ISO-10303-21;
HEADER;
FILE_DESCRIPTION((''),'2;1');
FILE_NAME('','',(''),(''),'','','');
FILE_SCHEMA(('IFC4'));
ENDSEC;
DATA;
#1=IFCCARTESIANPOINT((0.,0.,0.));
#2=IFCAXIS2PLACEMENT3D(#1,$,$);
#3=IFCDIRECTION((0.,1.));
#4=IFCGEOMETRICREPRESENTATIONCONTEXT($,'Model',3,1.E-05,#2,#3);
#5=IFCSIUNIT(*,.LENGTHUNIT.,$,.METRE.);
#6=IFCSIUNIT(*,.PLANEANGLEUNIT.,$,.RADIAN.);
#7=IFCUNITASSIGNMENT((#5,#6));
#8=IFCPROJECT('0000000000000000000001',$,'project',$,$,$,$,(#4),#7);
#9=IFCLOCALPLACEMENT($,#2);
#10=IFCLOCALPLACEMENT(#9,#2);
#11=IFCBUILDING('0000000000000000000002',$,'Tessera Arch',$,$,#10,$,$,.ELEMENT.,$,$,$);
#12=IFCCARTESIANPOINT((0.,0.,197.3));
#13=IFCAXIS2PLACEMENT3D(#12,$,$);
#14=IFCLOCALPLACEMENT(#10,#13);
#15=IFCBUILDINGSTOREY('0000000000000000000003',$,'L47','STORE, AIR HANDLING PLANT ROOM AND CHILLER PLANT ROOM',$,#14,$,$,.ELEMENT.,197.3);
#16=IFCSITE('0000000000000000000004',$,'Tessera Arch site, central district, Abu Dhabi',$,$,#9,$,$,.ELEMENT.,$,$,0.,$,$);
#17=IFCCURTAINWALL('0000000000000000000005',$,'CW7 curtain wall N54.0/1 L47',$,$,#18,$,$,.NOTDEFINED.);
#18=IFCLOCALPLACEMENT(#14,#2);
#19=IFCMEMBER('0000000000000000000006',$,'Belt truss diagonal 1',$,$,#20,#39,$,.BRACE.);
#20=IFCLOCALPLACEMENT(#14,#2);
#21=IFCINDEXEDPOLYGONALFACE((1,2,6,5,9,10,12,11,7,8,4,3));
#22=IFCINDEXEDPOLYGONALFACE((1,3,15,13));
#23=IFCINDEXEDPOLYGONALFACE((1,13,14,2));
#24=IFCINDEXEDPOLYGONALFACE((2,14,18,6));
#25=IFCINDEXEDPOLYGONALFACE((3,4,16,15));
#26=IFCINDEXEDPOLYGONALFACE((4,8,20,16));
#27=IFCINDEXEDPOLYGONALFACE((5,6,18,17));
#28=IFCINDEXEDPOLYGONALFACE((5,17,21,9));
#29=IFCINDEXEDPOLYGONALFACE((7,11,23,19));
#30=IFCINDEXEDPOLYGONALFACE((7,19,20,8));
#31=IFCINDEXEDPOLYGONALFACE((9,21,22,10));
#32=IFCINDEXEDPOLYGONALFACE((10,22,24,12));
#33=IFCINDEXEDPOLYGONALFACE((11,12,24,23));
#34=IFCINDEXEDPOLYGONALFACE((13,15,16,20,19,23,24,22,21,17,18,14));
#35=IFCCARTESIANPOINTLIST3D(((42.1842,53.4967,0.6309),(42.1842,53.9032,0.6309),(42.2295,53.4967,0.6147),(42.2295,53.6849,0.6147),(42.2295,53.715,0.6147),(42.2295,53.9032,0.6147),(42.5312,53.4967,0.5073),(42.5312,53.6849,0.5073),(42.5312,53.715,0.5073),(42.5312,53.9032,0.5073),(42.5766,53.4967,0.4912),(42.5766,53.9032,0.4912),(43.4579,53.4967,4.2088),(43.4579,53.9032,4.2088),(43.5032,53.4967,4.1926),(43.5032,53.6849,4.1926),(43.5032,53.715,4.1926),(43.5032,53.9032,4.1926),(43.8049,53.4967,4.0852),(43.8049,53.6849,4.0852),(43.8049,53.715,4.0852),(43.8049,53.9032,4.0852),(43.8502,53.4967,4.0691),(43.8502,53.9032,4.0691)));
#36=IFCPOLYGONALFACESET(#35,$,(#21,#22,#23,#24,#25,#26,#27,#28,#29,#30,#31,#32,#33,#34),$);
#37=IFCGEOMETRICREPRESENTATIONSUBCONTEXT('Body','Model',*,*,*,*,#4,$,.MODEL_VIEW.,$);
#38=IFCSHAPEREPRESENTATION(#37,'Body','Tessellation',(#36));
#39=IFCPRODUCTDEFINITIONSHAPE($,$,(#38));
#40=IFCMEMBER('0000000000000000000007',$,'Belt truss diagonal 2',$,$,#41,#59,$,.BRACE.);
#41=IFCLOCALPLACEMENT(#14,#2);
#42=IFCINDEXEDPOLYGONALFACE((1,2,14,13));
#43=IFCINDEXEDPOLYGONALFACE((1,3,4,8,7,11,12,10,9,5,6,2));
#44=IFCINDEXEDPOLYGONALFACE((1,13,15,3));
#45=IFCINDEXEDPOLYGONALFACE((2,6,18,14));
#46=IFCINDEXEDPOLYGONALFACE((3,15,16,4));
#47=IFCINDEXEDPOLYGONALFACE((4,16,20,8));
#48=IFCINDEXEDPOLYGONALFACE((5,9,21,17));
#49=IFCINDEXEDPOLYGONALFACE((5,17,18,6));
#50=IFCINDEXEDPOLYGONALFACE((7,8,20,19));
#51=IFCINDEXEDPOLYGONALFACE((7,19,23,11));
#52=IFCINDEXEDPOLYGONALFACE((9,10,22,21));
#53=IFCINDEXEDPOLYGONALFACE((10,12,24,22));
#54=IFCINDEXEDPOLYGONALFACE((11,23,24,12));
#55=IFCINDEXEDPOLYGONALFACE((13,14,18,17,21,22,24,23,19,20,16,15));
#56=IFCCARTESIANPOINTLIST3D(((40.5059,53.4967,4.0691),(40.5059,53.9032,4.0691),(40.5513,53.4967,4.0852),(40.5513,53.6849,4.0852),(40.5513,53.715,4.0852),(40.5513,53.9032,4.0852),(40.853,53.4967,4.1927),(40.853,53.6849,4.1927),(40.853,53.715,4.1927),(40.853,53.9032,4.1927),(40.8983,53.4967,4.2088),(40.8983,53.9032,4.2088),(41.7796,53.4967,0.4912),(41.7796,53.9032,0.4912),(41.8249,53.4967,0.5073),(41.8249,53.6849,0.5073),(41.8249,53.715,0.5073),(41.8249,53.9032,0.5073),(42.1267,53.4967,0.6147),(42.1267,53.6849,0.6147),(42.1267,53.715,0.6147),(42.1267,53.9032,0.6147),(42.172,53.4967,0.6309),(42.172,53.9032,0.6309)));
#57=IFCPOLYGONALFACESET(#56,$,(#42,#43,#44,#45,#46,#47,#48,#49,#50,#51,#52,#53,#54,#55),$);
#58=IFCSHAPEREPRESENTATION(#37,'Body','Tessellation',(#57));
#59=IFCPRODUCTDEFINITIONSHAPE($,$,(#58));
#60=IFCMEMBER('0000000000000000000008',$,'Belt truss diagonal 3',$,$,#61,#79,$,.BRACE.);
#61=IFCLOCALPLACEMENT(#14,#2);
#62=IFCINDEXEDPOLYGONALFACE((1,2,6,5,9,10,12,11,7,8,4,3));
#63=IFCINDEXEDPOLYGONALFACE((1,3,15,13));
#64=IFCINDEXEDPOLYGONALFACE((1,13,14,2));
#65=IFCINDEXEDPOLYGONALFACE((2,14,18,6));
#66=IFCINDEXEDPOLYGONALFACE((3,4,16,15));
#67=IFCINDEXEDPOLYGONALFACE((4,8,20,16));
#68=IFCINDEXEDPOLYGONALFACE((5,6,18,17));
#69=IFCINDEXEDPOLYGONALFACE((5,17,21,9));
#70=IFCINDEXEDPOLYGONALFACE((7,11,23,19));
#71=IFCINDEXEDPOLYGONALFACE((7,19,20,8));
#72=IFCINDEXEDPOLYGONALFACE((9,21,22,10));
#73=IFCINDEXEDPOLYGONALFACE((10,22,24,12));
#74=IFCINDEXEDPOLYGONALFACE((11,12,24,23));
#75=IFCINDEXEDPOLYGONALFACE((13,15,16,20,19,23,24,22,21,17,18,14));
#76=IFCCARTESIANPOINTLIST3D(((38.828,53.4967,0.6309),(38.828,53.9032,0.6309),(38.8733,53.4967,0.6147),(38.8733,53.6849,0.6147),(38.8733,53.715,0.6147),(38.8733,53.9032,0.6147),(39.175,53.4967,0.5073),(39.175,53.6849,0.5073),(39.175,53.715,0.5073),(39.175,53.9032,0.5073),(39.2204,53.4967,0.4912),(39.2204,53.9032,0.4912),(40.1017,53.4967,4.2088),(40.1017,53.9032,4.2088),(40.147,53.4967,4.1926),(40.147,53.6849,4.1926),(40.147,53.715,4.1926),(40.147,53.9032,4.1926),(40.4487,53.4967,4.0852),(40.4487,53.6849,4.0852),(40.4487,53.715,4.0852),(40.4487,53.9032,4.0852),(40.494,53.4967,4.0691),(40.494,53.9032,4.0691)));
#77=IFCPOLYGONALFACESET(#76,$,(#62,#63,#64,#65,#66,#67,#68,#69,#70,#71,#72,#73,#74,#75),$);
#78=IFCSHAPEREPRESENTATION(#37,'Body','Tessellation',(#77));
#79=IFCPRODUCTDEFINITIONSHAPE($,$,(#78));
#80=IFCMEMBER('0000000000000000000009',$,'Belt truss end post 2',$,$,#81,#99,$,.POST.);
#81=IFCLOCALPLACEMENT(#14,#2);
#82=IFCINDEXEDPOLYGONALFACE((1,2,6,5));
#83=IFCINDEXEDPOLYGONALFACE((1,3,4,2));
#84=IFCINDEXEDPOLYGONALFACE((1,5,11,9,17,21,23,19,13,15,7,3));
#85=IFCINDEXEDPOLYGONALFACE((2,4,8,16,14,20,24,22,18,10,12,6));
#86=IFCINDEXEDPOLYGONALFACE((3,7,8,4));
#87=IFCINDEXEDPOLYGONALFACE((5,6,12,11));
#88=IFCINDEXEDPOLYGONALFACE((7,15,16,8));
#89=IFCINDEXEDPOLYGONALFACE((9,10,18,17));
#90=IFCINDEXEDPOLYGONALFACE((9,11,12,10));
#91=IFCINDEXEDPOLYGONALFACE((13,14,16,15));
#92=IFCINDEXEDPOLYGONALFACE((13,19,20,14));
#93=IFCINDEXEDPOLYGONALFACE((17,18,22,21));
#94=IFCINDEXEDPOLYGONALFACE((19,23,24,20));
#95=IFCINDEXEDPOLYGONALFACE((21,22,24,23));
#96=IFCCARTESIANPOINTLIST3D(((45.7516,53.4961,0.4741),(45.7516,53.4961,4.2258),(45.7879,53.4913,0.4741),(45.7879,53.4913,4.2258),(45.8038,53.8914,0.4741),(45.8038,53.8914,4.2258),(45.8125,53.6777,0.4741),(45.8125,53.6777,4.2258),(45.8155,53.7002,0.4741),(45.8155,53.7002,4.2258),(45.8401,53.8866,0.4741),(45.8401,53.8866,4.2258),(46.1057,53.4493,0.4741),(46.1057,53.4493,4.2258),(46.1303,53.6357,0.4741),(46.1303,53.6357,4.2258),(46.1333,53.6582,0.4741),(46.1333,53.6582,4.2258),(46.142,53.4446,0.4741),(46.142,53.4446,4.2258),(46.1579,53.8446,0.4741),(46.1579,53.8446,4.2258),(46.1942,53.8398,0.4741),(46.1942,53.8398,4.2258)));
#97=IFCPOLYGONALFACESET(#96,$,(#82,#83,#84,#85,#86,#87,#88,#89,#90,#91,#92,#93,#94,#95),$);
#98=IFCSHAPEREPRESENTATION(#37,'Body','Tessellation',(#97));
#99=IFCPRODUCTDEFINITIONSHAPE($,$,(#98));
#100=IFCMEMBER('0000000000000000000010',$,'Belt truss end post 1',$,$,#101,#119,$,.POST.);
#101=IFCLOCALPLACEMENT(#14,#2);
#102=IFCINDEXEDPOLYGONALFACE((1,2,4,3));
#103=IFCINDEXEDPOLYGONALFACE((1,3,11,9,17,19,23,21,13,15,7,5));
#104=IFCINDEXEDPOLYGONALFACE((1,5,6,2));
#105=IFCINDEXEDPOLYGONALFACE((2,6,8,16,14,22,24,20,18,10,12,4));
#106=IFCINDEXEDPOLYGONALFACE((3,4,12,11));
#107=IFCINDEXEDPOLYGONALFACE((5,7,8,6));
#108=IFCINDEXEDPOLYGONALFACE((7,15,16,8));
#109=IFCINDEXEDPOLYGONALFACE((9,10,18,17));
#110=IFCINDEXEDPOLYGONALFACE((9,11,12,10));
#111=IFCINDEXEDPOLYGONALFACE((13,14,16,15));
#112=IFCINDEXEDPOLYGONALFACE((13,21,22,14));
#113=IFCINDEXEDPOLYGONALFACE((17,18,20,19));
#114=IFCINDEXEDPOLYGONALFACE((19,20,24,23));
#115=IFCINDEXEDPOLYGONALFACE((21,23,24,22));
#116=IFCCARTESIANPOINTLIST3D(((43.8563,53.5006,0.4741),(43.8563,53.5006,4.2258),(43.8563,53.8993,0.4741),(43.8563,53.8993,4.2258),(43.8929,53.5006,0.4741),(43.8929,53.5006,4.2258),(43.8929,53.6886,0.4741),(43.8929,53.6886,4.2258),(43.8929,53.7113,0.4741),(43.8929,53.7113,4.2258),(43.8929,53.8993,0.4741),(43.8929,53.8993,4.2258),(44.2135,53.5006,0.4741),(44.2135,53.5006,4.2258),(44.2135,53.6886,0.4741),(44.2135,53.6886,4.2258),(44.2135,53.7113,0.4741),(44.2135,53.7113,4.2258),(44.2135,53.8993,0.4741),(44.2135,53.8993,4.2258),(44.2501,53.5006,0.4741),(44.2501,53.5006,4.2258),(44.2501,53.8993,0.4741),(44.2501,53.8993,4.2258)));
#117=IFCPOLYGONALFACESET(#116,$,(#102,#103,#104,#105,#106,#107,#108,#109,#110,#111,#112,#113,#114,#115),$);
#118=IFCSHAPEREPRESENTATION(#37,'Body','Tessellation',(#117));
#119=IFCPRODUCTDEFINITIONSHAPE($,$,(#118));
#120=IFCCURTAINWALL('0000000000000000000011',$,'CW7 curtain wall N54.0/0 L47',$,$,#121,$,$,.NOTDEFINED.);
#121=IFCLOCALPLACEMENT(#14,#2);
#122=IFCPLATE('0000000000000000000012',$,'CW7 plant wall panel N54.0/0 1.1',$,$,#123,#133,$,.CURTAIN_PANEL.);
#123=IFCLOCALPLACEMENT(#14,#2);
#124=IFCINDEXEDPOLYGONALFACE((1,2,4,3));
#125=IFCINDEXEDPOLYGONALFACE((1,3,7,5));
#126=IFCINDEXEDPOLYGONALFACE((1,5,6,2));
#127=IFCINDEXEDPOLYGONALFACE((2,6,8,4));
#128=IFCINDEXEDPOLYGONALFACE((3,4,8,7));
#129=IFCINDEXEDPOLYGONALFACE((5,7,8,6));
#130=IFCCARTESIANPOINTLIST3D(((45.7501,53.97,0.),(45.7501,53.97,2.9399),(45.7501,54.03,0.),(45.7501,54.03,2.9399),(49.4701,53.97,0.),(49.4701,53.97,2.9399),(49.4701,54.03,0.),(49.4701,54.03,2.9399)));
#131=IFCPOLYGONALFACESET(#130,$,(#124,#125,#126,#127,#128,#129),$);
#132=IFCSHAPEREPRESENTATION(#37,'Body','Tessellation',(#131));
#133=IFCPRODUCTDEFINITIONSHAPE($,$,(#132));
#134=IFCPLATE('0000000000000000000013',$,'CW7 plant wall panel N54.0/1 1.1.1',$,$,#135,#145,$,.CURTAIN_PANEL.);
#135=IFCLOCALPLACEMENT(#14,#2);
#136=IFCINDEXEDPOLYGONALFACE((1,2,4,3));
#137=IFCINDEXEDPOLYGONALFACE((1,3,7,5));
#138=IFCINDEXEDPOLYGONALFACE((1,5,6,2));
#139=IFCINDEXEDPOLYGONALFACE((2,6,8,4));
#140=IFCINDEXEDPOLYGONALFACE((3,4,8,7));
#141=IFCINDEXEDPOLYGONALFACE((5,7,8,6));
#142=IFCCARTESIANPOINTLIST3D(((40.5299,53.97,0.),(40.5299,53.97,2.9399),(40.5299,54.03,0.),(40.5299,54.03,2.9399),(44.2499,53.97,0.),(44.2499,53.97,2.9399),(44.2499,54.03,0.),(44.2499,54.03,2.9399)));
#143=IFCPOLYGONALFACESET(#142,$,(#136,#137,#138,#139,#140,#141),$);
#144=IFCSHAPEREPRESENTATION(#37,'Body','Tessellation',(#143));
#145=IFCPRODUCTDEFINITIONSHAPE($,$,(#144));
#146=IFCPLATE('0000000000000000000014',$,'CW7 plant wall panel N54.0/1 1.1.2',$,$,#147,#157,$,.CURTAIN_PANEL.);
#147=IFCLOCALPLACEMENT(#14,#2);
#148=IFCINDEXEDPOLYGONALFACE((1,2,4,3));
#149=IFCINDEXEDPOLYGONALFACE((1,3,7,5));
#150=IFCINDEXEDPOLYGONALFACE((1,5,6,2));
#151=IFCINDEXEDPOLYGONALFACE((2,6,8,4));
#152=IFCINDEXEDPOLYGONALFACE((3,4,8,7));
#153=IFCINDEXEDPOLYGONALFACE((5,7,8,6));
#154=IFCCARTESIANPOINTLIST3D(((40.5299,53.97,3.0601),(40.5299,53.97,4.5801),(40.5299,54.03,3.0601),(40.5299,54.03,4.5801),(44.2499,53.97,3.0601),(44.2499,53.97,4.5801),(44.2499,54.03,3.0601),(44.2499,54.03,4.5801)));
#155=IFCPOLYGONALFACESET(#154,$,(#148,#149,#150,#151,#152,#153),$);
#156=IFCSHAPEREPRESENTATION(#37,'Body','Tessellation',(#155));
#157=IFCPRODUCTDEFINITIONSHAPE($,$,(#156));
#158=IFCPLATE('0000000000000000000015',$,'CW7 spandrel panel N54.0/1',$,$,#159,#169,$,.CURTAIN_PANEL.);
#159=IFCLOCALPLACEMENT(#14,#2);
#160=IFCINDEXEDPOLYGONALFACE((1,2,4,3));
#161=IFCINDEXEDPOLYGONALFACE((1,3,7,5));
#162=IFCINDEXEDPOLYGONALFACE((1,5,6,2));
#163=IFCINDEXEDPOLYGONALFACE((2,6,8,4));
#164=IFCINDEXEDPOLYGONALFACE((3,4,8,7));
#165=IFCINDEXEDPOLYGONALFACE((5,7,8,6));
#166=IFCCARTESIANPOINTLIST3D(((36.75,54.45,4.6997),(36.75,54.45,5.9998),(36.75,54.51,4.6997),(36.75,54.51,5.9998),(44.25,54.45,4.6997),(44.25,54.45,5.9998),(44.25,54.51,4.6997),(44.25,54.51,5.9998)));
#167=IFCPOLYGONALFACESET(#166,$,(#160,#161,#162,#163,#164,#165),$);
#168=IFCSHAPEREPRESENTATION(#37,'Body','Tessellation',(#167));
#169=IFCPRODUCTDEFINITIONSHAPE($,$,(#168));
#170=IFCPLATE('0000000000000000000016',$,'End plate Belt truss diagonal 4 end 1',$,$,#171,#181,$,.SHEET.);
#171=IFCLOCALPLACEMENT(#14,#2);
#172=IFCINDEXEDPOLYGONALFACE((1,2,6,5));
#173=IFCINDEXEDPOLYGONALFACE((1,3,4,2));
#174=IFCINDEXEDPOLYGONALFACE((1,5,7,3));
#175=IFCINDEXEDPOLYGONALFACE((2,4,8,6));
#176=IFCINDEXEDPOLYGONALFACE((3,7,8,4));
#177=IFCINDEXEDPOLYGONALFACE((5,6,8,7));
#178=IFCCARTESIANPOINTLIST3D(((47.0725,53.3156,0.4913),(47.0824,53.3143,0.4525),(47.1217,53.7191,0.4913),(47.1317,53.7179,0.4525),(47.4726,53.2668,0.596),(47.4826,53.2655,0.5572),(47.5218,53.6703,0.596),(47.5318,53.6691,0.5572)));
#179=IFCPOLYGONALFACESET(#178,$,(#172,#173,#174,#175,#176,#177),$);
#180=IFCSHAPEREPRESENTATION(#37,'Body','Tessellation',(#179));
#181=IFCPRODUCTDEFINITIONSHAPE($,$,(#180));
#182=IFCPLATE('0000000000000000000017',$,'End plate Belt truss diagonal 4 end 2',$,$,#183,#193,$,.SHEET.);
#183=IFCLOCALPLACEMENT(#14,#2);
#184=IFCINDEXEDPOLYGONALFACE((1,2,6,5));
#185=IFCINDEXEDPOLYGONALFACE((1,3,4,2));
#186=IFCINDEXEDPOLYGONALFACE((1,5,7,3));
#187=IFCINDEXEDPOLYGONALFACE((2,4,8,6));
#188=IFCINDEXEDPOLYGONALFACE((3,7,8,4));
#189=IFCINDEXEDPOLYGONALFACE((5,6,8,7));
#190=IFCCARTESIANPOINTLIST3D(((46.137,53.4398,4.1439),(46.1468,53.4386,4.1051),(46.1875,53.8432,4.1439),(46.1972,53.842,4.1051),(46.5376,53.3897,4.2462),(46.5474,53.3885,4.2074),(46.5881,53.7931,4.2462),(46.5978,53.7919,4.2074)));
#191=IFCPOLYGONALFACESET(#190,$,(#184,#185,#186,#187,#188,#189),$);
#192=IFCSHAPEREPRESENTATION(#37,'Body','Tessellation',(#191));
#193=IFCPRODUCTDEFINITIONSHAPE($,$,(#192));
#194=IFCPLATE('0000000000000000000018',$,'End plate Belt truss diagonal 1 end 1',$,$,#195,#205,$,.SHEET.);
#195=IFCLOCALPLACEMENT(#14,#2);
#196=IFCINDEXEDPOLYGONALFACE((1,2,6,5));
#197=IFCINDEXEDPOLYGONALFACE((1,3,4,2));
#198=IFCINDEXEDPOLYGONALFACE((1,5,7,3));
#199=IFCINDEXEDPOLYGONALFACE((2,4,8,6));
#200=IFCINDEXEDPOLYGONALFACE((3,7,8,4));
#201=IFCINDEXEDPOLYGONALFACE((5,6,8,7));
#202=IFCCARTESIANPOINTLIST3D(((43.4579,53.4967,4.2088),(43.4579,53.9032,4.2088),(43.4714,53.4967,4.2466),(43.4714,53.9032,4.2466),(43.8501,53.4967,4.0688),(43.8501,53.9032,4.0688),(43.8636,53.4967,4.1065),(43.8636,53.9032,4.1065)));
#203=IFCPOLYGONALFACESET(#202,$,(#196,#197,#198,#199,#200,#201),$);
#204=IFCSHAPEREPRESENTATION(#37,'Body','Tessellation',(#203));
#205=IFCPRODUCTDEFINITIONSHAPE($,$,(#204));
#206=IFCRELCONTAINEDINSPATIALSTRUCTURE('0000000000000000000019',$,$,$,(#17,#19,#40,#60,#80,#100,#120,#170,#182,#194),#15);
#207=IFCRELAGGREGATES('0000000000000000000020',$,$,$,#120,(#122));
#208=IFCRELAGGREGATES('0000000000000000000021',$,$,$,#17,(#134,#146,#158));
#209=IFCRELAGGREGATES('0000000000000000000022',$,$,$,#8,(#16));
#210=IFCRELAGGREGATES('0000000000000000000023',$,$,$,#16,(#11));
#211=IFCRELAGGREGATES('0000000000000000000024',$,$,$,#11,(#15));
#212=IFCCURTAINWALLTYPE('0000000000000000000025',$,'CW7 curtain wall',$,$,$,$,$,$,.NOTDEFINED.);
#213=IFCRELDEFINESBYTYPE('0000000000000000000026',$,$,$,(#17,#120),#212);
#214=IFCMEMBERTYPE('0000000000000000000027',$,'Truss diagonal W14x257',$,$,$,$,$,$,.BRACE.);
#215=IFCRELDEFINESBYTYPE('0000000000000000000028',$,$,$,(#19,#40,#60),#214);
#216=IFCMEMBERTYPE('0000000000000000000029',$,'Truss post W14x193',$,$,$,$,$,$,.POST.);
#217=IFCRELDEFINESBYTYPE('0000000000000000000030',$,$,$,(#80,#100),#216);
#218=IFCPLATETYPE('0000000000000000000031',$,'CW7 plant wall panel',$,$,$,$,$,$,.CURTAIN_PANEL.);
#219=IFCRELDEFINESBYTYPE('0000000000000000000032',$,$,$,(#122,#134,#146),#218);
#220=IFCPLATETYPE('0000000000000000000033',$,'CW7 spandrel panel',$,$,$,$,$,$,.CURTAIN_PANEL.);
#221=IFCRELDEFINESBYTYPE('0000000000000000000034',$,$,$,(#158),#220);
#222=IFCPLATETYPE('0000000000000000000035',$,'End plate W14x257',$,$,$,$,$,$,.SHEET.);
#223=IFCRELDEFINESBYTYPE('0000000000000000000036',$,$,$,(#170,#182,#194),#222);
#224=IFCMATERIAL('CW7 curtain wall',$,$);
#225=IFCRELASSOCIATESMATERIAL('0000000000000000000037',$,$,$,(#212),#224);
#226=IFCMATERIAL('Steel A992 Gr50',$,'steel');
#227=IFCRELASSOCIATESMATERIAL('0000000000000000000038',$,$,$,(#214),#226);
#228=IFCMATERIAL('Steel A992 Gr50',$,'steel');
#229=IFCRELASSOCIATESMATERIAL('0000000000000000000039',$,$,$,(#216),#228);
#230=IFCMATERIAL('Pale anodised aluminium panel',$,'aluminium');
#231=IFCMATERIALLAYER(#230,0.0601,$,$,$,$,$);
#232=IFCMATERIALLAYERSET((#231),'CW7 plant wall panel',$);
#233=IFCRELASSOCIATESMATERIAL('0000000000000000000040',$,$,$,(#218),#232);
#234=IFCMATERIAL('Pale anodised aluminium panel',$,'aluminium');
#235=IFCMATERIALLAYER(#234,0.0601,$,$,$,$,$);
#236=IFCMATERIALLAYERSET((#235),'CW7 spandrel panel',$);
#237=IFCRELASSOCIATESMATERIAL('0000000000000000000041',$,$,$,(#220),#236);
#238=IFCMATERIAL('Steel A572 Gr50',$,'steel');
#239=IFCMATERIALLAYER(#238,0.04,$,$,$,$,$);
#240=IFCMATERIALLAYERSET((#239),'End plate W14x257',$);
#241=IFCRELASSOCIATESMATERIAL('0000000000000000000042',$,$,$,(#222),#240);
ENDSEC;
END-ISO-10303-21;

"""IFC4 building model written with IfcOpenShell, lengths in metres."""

from ifc_helpers import new_model, si_unit, direction, frame, origin, origin_2d, place, context, subcontext, project, spatial, rectangle, i_section, extrude, material, layer, layer_set, material_profile, profile_set, type_object, element, aggregate, save


model = new_model("IFC4")

# Units and contexts
model_context = context("Model", 3, precision=1e-05, world=origin(), true_north=direction((0.0, 1.0)))
body_context = subcontext(model_context, "Body", "Model", "MODEL_VIEW")
ifc_project = project(units=[si_unit("LENGTHUNIT", "METRE"), si_unit("PLANEANGLEUNIT", "RADIAN")], contexts=[model_context])

# Site, building, storey
site_placement = place(None, origin())
site = spatial("IfcSite", under=ifc_project, at=site_placement, Name="Tessera Arch site, central district, Abu Dhabi", CompositionType="ELEMENT", RefElevation=0.0)
building_placement = place(site_placement, origin())
building = spatial("IfcBuilding", under=site, at=building_placement, Name="Tessera Arch", CompositionType="ELEMENT")
storey_placement = place(building_placement, frame((0.0, 0.0, 197.3)))
storey = spatial("IfcBuildingStorey", under=building, at=storey_placement, Name="L47", Description="STORE, AIR HANDLING PLANT ROOM AND CHILLER PLANT ROOM", CompositionType="ELEMENT", Elevation=197.3)

# Curtain wall
ifc_material_1 = material(Name="CW7 curtain wall")
curtain_wall_type = type_object("IfcCurtainWallType", Name="CW7 curtain wall", PredefinedType="NOTDEFINED", material=ifc_material_1)
curtain_wall_1_placement = place(storey_placement, origin())
curtain_wall_1 = element("IfcCurtainWall", 1, at=curtain_wall_1_placement, inside=storey, type_object=curtain_wall_type, Name="CW7 curtain wall N54.0/1 L47", PredefinedType="NOTDEFINED")

# Members
ifc_material_2 = material(Name="Steel A992 Gr50", Category="steel")
ifc_material_profile_1 = material_profile(ifc_material_2, i_section(OverallWidth=0.4065, OverallDepth=0.4165, WebThickness=0.03, FlangeThickness=0.0481, at=origin_2d()), Name="W14x257")
ifc_profile_set_1 = profile_set([ifc_material_profile_1], Name="Steel A992 Gr50")
member_type_1 = type_object("IfcMemberType", Name="Truss diagonal W14x257", PredefinedType="BRACE", material=ifc_profile_set_1)
for number, where, z_axis, x_axis, name in (
    (2, (43.6541, 53.7, 4.1389), (-0.335371, 0.0, -0.942086), (0.0, -1.0, 0.0), "Belt truss diagonal 1"),
    (3, (41.9758, 53.7, 0.561), (-0.335371, 0.0, 0.942086), (0.0, -1.0, 0.0), "Belt truss diagonal 2"),
    (4, (40.2979, 53.7, 4.1389), (-0.335371, 0.0, -0.942086), (0.0, -1.0, 0.0), "Belt truss diagonal 3"),
):
    element("IfcMember", number, at=place(storey_placement, frame(where, z_axis=z_axis, x_axis=x_axis)), inside=storey, type_object=member_type_1, Name=name, PredefinedType="BRACE", context=body_context, shape_type="SweptSolid", body=[
        extrude(i_section(OverallWidth=0.4065, OverallDepth=0.4165, WebThickness=0.03, FlangeThickness=0.0481, at=origin_2d()), origin(), (0.0, 0.0, 1.0), 3.7979),
    ])
ifc_material_3 = material(Name="Steel A992 Gr50", Category="steel")
ifc_material_profile_2 = material_profile(ifc_material_3, i_section(OverallWidth=0.3987, OverallDepth=0.3938, WebThickness=0.0227, FlangeThickness=0.0366, at=origin_2d()), Name="W14x193")
ifc_profile_set_2 = profile_set([ifc_material_profile_2], Name="Steel A992 Gr50")
member_type_2 = type_object("IfcMemberType", Name="Truss post W14x193", PredefinedType="POST", material=ifc_profile_set_2)
for number, where, z_axis, x_axis, name in (
    (5, (45.9729, 53.668, 0.4741), (0.0, 0.0, 1.0), (0.131003, 0.991382, 0.0), "Belt truss end post 2"),
    (6, (44.0532, 53.7, 0.4741), (0.0, 0.0, 1.0), (0.0, 1.0, 0.0), "Belt truss end post 1"),
):
    element("IfcMember", number, at=place(storey_placement, frame(where, z_axis=z_axis, x_axis=x_axis)), inside=storey, type_object=member_type_2, Name=name, PredefinedType="POST", context=body_context, shape_type="SweptSolid", body=[
        extrude(i_section(OverallWidth=0.3987, OverallDepth=0.3938, WebThickness=0.0227, FlangeThickness=0.0366, at=origin_2d()), origin(), (0.0, 0.0, 1.0), 3.7517),
    ])

# Curtain wall, plate
curtain_wall_2_placement = place(storey_placement, origin())
curtain_wall_2 = element("IfcCurtainWall", 7, at=curtain_wall_2_placement, inside=storey, type_object=curtain_wall_type, Name="CW7 curtain wall N54.0/0 L47", PredefinedType="NOTDEFINED")
ifc_material_4 = material(Name="Pale anodised aluminium panel", Category="aluminium")
ifc_layer_1 = layer(ifc_material_4, 0.0601)
ifc_layer_set_1 = layer_set([ifc_layer_1], Name="CW7 plant wall panel")
plate_type_1 = type_object("IfcPlateType", Name="CW7 plant wall panel", PredefinedType="CURTAIN_PANEL", material=ifc_layer_set_1)
plate_1_placement = place(storey_placement, frame((47.6101, 54.0, 0.0), z_axis=(0.0, 0.0, 1.0), x_axis=(-1.0, 0.0, 0.0)))
plate_1 = element("IfcPlate", 8, at=plate_1_placement, type_object=plate_type_1, Name="CW7 plant wall panel N54.0/0 1.1", PredefinedType="CURTAIN_PANEL", context=body_context, shape_type="SweptSolid", body=[
    extrude(rectangle(XDim=3.72, YDim=0.0601, at=origin_2d()), origin(), (0.0, 0.0, 1.0), 2.9399),
])
aggregate(curtain_wall_2, [plate_1])

# Plates
plate_2_placement = place(storey_placement, frame((42.3899, 54.0, 0.0), z_axis=(0.0, 0.0, 1.0), x_axis=(-1.0, 0.0, 0.0)))
plate_2 = element("IfcPlate", 9, at=plate_2_placement, type_object=plate_type_1, Name="CW7 plant wall panel N54.0/1 1.1.1", PredefinedType="CURTAIN_PANEL", context=body_context, shape_type="SweptSolid", body=[
    extrude(rectangle(XDim=3.72, YDim=0.0601, at=origin_2d()), origin(), (0.0, 0.0, 1.0), 2.9399),
])
plate_3_placement = place(storey_placement, frame((42.3899, 54.0, 3.0601), z_axis=(0.0, 0.0, 1.0), x_axis=(-1.0, 0.0, 0.0)))
plate_3 = element("IfcPlate", 10, at=plate_3_placement, type_object=plate_type_1, Name="CW7 plant wall panel N54.0/1 1.1.2", PredefinedType="CURTAIN_PANEL", context=body_context, shape_type="SweptSolid", body=[
    extrude(rectangle(XDim=3.72, YDim=0.0601, at=origin_2d()), origin(), (0.0, 0.0, 1.0), 1.52),
])
ifc_material_5 = material(Name="Pale anodised aluminium panel", Category="aluminium")
ifc_layer_2 = layer(ifc_material_5, 0.0601)
ifc_layer_set_2 = layer_set([ifc_layer_2], Name="CW7 spandrel panel")
plate_type_2 = type_object("IfcPlateType", Name="CW7 spandrel panel", PredefinedType="CURTAIN_PANEL", material=ifc_layer_set_2)
plate_4_placement = place(storey_placement, frame((40.5, 54.48, 4.6997), z_axis=(0.0, 0.0, 1.0), x_axis=(-1.0, 0.0, 0.0)))
plate_4 = element("IfcPlate", 11, at=plate_4_placement, type_object=plate_type_2, Name="CW7 spandrel panel N54.0/1", PredefinedType="CURTAIN_PANEL", context=body_context, shape_type="SweptSolid", body=[
    extrude(rectangle(XDim=7.5, YDim=0.0601, at=origin_2d()), origin(), (0.0, 0.0, 1.0), 1.3),
])
aggregate(curtain_wall_1, [plate_2, plate_3, plate_4])

# Plates
ifc_material_6 = material(Name="Steel A572 Gr50", Category="steel")
ifc_layer_3 = layer(ifc_material_6, 0.04)
ifc_layer_set_3 = layer_set([ifc_layer_3], Name="End plate W14x257")
plate_type_3 = type_object("IfcPlateType", Name="End plate W14x257", PredefinedType="SHEET", material=ifc_layer_set_3)
for number, where, z_axis, x_axis, name in (
    (12, (47.3071, 53.4917, 0.5049), (-0.249578, 0.030436, 0.967876), (-0.121054, -0.992646, 0.0), "End plate Belt truss diagonal 4 end 1"),
    (13, (46.3723, 53.6152, 4.1562), (-0.243857, 0.030482, 0.969332), (-0.124035, -0.992278, 0.0), "End plate Belt truss diagonal 4 end 2"),
    (14, (43.6675, 53.7, 4.1765), (-0.336336, 0.0, -0.941742), (0.0, -1.0, 0.0), "End plate Belt truss diagonal 1 end 1"),
):
    element("IfcPlate", number, at=place(storey_placement, frame(where, z_axis=z_axis, x_axis=x_axis)), inside=storey, type_object=plate_type_3, Name=name, PredefinedType="SHEET", context=body_context, shape_type="SweptSolid", body=[
        extrude(rectangle(XDim=0.4065, YDim=0.4165, at=origin_2d()), origin(), (0.0, 0.0, 1.0), 0.04),
    ])

save(model, "model.ifc")
